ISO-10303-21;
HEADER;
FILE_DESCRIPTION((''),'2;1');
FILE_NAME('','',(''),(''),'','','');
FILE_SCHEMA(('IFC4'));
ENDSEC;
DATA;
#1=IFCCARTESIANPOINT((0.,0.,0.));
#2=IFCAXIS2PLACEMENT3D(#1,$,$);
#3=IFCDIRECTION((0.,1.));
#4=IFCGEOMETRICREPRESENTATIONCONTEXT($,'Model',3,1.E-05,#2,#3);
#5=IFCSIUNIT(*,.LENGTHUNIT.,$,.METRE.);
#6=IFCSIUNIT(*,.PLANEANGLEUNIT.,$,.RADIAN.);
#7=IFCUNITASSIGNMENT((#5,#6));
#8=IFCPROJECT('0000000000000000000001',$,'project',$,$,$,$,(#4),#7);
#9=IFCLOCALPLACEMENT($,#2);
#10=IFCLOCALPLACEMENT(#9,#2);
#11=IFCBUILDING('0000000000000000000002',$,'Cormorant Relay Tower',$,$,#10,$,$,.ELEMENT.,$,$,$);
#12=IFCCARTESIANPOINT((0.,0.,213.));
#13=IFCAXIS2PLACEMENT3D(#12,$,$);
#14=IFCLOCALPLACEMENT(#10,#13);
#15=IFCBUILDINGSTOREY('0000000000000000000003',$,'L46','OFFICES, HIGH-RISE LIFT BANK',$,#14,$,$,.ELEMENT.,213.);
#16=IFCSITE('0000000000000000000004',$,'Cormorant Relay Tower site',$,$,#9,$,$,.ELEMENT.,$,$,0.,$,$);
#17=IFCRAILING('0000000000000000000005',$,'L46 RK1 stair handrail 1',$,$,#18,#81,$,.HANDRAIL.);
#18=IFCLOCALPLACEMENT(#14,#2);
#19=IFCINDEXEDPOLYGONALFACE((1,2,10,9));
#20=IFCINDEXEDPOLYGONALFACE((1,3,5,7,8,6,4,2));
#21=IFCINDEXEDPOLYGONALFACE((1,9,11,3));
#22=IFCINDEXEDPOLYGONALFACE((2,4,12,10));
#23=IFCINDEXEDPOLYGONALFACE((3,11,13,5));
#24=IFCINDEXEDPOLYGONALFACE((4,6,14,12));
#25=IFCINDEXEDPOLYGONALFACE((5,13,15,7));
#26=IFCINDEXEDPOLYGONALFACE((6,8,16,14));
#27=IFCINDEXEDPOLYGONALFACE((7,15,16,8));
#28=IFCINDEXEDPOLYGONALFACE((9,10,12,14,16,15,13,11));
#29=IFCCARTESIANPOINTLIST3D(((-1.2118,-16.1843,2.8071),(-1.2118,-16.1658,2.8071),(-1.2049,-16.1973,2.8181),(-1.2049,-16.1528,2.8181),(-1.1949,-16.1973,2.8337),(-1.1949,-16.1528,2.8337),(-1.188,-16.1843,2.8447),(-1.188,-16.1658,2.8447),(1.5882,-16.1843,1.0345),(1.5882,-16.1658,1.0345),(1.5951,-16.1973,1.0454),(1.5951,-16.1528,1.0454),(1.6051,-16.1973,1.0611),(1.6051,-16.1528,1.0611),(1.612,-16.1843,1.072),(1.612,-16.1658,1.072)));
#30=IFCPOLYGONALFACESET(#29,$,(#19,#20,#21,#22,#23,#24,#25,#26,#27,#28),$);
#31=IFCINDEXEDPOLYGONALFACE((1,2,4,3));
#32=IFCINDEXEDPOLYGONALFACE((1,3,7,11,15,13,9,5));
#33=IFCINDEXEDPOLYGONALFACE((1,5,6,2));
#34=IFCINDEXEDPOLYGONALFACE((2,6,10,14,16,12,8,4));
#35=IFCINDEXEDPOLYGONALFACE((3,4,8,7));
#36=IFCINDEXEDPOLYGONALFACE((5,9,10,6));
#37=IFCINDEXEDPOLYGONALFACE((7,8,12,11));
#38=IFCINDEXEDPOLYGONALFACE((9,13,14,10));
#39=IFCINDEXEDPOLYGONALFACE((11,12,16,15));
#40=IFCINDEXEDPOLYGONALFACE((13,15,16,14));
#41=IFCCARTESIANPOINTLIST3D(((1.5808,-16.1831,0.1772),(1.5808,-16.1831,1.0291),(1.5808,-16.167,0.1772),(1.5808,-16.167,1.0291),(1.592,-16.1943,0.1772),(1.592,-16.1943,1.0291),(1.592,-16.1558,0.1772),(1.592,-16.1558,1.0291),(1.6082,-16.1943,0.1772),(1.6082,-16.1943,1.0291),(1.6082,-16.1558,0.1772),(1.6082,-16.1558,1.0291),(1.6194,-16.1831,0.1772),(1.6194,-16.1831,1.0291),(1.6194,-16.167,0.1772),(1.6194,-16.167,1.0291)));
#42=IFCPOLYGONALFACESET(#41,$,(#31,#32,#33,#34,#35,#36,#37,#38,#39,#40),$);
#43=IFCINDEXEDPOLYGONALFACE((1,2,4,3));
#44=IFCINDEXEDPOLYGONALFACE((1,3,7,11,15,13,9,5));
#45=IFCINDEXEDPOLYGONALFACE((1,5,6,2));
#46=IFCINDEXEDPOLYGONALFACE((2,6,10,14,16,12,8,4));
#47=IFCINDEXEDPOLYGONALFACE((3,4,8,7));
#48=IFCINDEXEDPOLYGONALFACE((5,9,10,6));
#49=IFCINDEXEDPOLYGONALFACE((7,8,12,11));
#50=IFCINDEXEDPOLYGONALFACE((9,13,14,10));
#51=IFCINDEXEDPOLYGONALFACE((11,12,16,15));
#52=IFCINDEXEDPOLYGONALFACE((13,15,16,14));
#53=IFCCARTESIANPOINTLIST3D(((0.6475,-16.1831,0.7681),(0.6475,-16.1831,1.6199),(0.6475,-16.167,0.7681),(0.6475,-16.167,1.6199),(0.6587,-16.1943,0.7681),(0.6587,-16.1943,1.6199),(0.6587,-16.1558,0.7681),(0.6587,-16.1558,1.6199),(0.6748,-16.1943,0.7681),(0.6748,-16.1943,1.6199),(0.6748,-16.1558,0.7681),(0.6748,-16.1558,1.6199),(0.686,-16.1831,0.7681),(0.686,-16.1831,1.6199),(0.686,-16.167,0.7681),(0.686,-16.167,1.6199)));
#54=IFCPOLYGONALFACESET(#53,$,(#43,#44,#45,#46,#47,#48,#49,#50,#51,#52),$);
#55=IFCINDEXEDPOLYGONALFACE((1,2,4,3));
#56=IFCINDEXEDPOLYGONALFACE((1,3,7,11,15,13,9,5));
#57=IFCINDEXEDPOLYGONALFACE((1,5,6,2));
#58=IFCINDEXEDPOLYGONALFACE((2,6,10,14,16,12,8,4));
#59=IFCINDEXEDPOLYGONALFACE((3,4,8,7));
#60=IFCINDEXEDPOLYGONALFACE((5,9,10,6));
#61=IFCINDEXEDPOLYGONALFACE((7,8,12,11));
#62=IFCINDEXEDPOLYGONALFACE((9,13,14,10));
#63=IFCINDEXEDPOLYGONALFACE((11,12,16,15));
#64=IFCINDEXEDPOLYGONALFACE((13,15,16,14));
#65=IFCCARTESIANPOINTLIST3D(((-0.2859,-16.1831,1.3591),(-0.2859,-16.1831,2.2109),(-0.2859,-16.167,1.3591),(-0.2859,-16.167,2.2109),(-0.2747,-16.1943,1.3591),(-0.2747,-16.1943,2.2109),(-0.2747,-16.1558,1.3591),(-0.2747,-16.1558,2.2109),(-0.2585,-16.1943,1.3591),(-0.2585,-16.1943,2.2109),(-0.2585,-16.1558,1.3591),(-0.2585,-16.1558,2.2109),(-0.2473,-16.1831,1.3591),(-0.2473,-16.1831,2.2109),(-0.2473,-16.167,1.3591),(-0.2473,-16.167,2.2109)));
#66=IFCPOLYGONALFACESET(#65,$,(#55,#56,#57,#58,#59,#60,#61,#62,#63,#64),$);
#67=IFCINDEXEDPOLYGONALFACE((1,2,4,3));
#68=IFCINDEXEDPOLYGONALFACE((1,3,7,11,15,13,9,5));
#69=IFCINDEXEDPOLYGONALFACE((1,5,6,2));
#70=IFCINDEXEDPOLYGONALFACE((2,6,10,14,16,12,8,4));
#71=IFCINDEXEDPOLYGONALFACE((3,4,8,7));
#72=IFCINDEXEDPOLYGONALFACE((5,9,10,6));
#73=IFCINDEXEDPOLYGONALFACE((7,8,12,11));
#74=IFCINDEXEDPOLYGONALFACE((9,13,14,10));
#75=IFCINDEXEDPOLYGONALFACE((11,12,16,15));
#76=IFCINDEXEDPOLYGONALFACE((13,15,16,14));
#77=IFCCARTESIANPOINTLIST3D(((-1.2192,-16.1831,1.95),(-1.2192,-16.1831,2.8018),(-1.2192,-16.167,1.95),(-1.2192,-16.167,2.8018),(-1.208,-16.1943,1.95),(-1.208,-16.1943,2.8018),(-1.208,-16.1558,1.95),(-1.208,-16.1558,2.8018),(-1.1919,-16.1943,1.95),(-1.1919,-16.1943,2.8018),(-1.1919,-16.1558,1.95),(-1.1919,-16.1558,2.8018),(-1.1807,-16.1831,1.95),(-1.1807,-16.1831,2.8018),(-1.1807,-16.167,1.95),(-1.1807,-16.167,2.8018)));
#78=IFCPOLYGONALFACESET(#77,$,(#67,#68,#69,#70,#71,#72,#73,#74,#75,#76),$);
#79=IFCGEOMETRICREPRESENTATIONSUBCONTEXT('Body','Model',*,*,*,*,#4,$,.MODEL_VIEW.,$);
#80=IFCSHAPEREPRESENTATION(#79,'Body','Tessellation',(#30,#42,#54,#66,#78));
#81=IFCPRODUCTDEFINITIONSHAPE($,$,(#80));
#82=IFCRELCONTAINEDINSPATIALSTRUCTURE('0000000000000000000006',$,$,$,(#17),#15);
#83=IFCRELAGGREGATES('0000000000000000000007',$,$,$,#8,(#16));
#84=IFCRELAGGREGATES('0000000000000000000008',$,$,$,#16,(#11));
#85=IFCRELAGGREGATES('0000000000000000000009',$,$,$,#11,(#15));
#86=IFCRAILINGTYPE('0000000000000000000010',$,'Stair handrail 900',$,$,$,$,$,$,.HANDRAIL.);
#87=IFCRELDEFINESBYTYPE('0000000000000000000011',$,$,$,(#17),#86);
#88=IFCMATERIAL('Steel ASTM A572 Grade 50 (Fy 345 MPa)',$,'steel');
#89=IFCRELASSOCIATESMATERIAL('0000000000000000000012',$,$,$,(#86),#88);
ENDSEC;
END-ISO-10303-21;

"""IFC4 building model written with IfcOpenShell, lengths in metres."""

from ifc_helpers import new_model, si_unit, direction, frame, origin, place, context, subcontext, project, spatial, polyline, outline, extrude, material, type_object, element, save


model = new_model("IFC4")

# Units and contexts
model_context = context("Model", 3, precision=1e-05, world=origin(), true_north=direction((0.0, 1.0)))
body_context = subcontext(model_context, "Body", "Model", "MODEL_VIEW")
ifc_project = project(units=[si_unit("LENGTHUNIT", "METRE"), si_unit("PLANEANGLEUNIT", "RADIAN")], contexts=[model_context])

# Site, building, storey
site_placement = place(None, origin())
site = spatial("IfcSite", under=ifc_project, at=site_placement, Name="Cormorant Relay Tower site", CompositionType="ELEMENT", RefElevation=0.0)
building_placement = place(site_placement, origin())
building = spatial("IfcBuilding", under=site, at=building_placement, Name="Cormorant Relay Tower", CompositionType="ELEMENT")
storey_placement = place(building_placement, frame((0.0, 0.0, 213.0)))
storey = spatial("IfcBuildingStorey", under=building, at=storey_placement, Name="L46", Description="OFFICES, HIGH-RISE LIFT BANK", CompositionType="ELEMENT", Elevation=213.0)

# Railing
ifc_material_1 = material(Name="Steel ASTM A572 Grade 50 (Fy 345 MPa)", Category="steel")
railing_type = type_object("IfcRailingType", Name="Stair handrail 900", PredefinedType="HANDRAIL", material=ifc_material_1)
railing_placement = place(storey_placement, frame((1.6001, -16.175, 0.1772)))
element("IfcRailing", 1, at=railing_placement, inside=storey, type_object=railing_type, Name="L46 RK1 stair handrail 1", PredefinedType="HANDRAIL", context=body_context, shape_type="SweptSolid", body=[
    extrude(outline(polyline([(0.0222, 0.0093), (0.0093, 0.0222), (-0.0093, 0.0222), (-0.0222, 0.0093), (-0.0222, -0.0093), (-0.0093, -0.0222), (0.0093, -0.0222), (0.0222, -0.0093), (0.0222, 0.0093)])), frame((0.0, 0.0, 0.876), z_axis=(-0.844909, 0.0, 0.53491), x_axis=(0.0, -1.0, 0.0)), (0.0, 0.0, 1.0), 3.314),
    extrude(outline(polyline([(0.0193, 0.0081), (0.0081, 0.0193), (-0.0081, 0.0193), (-0.0193, 0.0081), (-0.0193, -0.0081), (-0.0081, -0.0193), (0.0081, -0.0193), (0.0193, -0.0081), (0.0193, 0.0081)])), origin(), (0.0, 0.0, 1.0), 0.8518),
    extrude(outline(polyline([(0.0193, 0.0081), (0.0081, 0.0193), (-0.0081, 0.0193), (-0.0193, 0.0081), (-0.0193, -0.0081), (-0.0081, -0.0193), (0.0081, -0.0193), (0.0193, -0.0081), (0.0193, 0.0081)])), frame((-0.9333, 0.0, 0.5908)), (0.0, 0.0, 1.0), 0.8518),
    extrude(outline(polyline([(0.0193, 0.0081), (0.0081, 0.0193), (-0.0081, 0.0193), (-0.0193, 0.0081), (-0.0193, -0.0081), (-0.0081, -0.0193), (0.0081, -0.0193), (0.0193, -0.0081), (0.0193, 0.0081)])), frame((-1.8667, 0.0, 1.1819)), (0.0, 0.0, 1.0), 0.8518),
    extrude(outline(polyline([(0.0193, 0.0081), (0.0081, 0.0193), (-0.0081, 0.0193), (-0.0193, 0.0081), (-0.0193, -0.0081), (-0.0081, -0.0193), (0.0081, -0.0193), (0.0193, -0.0081), (0.0193, 0.0081)])), frame((-2.8, 0.0, 1.7727)), (0.0, 0.0, 1.0), 0.8518),
])

save(model, "model.ifc")
